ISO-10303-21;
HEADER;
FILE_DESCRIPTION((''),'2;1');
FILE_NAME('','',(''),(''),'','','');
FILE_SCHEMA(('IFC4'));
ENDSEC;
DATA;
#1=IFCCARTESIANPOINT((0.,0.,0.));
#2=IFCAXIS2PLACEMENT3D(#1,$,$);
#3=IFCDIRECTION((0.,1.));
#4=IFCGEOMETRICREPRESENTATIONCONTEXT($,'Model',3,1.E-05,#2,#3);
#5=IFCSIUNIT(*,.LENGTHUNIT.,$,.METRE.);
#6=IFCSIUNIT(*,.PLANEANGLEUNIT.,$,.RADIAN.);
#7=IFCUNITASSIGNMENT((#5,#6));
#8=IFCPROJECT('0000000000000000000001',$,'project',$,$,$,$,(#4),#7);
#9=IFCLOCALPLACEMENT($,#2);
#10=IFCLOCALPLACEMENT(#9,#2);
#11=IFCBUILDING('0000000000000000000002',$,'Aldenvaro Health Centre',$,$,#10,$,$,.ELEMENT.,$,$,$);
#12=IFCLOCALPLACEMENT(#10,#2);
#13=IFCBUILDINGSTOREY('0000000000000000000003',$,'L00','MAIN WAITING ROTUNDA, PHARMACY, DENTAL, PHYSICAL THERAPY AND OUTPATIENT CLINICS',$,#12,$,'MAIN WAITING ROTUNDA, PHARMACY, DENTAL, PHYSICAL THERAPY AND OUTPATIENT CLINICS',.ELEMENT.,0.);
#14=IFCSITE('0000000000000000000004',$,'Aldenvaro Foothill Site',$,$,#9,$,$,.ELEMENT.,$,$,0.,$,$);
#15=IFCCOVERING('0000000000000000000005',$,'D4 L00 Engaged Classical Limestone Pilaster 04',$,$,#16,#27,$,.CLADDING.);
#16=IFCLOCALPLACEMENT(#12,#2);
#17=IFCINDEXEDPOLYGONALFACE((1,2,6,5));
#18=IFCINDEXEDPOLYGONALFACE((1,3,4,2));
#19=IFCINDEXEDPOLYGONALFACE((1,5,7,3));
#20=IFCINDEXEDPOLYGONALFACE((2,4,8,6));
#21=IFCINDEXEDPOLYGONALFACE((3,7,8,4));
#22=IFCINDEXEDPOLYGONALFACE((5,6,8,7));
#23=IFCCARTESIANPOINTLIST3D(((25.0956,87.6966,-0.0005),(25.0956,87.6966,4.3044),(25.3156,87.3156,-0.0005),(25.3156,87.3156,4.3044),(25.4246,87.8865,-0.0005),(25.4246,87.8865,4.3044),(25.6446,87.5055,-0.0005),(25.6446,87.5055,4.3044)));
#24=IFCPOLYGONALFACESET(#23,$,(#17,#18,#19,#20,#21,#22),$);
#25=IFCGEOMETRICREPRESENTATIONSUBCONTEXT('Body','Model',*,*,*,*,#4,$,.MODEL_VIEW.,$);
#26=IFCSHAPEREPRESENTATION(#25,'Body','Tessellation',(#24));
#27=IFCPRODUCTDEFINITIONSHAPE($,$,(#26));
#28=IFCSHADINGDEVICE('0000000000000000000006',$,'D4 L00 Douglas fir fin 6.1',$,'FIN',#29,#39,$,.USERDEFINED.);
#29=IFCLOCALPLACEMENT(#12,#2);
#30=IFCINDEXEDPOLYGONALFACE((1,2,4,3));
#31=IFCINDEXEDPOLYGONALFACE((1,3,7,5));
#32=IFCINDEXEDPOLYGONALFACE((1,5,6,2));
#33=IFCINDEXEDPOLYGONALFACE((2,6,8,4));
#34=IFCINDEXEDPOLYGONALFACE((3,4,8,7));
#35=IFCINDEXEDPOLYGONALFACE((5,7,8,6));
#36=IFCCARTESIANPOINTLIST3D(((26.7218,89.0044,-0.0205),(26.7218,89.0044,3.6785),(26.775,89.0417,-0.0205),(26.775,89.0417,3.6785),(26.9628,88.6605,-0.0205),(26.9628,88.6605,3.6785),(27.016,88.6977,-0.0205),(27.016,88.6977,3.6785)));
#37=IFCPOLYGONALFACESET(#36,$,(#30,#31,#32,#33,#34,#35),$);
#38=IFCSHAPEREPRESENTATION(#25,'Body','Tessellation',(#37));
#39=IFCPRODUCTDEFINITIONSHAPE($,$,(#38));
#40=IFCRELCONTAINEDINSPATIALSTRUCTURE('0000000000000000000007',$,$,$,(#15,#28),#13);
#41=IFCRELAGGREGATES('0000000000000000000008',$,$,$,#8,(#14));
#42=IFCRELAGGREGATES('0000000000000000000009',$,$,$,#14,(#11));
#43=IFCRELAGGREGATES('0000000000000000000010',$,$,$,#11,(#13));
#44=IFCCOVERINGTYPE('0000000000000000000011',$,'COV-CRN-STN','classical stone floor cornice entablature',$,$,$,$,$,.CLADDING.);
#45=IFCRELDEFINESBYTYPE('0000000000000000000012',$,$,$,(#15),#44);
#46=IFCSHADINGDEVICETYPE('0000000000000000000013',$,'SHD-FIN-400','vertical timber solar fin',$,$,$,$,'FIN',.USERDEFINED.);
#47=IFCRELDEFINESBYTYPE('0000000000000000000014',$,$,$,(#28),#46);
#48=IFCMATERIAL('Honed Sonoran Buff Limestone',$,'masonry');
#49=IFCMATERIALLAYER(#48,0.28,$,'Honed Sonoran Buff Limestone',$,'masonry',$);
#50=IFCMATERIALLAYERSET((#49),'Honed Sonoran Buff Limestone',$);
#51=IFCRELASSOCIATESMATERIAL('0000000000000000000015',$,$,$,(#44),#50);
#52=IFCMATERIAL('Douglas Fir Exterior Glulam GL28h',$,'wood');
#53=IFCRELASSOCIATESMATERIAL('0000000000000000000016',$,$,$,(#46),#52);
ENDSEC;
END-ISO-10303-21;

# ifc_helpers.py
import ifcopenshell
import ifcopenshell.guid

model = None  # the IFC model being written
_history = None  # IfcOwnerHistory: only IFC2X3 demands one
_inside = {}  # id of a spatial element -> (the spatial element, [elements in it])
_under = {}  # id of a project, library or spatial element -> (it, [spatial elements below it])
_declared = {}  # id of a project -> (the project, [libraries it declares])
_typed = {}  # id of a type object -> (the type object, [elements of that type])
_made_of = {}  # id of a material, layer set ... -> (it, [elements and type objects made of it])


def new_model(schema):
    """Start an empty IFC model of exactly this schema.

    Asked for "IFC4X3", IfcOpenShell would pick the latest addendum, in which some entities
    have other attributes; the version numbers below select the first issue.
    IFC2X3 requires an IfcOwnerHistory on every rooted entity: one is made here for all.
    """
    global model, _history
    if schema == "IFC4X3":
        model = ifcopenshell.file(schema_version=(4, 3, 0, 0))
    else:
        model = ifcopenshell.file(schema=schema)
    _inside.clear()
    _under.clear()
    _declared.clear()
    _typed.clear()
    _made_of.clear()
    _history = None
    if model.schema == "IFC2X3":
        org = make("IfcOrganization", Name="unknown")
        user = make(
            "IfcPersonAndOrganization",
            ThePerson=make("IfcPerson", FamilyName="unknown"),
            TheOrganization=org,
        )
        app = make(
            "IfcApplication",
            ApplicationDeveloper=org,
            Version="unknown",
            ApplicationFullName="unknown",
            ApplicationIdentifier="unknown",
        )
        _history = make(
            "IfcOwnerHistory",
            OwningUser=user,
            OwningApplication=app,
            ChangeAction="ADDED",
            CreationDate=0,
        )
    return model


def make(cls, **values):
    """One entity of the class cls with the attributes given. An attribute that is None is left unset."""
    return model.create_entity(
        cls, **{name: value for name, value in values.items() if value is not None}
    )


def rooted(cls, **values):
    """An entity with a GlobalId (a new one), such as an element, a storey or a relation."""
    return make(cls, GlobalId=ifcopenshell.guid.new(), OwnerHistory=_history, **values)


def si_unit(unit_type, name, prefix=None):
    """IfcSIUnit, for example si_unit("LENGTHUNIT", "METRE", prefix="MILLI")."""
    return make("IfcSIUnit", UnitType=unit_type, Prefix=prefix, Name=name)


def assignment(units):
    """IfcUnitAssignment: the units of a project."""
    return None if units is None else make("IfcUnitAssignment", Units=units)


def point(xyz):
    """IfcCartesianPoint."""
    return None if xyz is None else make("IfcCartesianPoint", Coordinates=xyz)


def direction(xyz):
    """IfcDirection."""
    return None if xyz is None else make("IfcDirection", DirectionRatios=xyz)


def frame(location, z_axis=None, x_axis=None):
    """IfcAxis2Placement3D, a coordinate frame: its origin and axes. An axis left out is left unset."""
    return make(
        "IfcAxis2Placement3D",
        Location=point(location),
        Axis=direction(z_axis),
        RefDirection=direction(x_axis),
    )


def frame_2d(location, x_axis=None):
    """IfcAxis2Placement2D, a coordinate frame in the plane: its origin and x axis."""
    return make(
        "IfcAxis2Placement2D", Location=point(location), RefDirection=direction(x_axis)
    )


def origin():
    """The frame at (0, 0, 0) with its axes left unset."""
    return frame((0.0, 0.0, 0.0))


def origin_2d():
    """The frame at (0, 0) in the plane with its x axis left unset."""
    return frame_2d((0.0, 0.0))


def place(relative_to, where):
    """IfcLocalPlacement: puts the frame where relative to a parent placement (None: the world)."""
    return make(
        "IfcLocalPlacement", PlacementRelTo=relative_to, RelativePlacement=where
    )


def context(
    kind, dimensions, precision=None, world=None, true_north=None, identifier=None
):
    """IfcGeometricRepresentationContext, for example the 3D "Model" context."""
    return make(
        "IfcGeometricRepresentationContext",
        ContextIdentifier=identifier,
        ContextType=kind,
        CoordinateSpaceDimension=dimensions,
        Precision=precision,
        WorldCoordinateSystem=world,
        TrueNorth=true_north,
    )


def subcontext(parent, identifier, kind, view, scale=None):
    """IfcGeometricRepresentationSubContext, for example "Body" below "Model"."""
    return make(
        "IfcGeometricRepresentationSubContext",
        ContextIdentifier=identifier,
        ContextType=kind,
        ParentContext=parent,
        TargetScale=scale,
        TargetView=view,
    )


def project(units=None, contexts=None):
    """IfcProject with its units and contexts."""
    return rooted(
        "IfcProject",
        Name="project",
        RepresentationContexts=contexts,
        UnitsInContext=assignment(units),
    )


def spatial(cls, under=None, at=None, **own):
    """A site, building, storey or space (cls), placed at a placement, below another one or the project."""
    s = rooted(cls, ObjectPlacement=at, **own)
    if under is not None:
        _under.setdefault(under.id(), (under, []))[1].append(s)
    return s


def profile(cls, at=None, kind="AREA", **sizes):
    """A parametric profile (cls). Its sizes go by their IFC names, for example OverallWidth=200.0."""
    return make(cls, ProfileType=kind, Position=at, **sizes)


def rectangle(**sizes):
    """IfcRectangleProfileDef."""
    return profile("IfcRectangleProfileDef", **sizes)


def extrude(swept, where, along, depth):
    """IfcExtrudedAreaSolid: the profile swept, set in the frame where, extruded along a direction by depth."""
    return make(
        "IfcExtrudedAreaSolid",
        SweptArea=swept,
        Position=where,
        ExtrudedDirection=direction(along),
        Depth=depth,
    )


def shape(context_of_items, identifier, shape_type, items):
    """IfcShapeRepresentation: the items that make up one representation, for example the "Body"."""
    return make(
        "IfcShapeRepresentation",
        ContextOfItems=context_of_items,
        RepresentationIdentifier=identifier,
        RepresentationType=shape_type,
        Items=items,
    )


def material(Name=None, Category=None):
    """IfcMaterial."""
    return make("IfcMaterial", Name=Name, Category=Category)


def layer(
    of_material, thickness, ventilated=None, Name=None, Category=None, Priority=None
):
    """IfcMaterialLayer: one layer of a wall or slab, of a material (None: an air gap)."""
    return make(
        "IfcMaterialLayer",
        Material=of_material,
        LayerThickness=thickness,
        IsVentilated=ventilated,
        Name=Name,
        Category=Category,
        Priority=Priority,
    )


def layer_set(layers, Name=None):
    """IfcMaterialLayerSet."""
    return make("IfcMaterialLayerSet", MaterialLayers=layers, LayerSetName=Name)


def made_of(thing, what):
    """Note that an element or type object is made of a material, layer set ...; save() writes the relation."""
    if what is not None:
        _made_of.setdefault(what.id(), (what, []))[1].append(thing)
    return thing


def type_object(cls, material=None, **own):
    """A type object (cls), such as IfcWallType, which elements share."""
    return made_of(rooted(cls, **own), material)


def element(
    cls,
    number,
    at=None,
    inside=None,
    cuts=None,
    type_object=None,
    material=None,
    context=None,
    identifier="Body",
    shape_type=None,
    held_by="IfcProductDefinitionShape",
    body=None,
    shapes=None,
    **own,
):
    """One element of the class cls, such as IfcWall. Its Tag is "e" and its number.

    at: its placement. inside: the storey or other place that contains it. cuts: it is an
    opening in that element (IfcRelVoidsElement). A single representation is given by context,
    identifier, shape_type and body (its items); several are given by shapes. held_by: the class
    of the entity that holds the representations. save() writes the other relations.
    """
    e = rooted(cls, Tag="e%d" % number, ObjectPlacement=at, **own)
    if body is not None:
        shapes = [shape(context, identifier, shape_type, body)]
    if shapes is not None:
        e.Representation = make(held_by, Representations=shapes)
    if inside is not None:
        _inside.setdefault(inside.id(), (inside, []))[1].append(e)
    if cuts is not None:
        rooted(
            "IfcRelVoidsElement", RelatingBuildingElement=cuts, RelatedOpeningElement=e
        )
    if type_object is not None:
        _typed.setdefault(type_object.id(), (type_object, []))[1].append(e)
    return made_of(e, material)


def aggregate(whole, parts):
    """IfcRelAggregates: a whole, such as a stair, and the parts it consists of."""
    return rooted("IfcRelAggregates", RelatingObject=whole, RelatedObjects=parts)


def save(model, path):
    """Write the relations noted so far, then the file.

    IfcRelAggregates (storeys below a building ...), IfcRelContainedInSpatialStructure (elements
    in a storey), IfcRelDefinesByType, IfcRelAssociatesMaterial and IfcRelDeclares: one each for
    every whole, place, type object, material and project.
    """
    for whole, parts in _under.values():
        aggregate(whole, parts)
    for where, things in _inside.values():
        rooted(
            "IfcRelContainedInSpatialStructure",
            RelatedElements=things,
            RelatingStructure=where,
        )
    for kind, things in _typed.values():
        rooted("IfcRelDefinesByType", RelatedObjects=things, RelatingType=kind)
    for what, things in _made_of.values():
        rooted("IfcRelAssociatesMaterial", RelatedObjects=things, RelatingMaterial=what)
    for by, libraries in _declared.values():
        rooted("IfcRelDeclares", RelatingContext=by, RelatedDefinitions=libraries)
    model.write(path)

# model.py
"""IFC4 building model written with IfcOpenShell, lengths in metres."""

from ifc_helpers import new_model, si_unit, direction, frame, origin, origin_2d, place, context, subcontext, project, spatial, rectangle, extrude, material, layer, layer_set, type_object, element, save


model = new_model("IFC4")

# Units and contexts
model_context = context("Model", 3, precision=1e-05, world=origin(), true_north=direction((0.0, 1.0)))
body_context = subcontext(model_context, "Body", "Model", "MODEL_VIEW")
ifc_project = project(units=[si_unit("LENGTHUNIT", "METRE"), si_unit("PLANEANGLEUNIT", "RADIAN")], contexts=[model_context])

# Site, building, storey
site_placement = place(None, origin())
site = spatial("IfcSite", under=ifc_project, at=site_placement, Name="Aldenvaro Foothill Site", CompositionType="ELEMENT", RefElevation=0.0)
building_placement = place(site_placement, origin())
building = spatial("IfcBuilding", under=site, at=building_placement, Name="Aldenvaro Health Centre", CompositionType="ELEMENT")
storey_placement = place(building_placement, origin())
storey = spatial("IfcBuildingStorey", under=building, at=storey_placement, Name="L00", Description="MAIN WAITING ROTUNDA, PHARMACY, DENTAL, PHYSICAL THERAPY AND OUTPATIENT CLINICS", LongName="MAIN WAITING ROTUNDA, PHARMACY, DENTAL, PHYSICAL THERAPY AND OUTPATIENT CLINICS", CompositionType="ELEMENT", Elevation=0.0)

# Covering
ifc_material_1 = material(Name="Honed Sonoran Buff Limestone", Category="masonry")
ifc_layer_1 = layer(ifc_material_1, 0.28, Name="Honed Sonoran Buff Limestone", Category="masonry")
ifc_layer_set_1 = layer_set([ifc_layer_1], Name="Honed Sonoran Buff Limestone")
covering_type = type_object("IfcCoveringType", Name="COV-CRN-STN", Description="classical stone floor cornice entablature", PredefinedType="CLADDING", material=ifc_layer_set_1)
covering_1_placement = place(storey_placement, frame((25.3701, 87.6011, -0.0005), z_axis=(0.0, 0.0, 1.0), x_axis=(0.499992, -0.86603, 0.0)))
element("IfcCovering", 1, at=covering_1_placement, inside=storey, type_object=covering_type, Name="D4 L00 Engaged Classical Limestone Pilaster 04", PredefinedType="CLADDING", context=body_context, shape_type="SweptSolid", body=[
    extrude(rectangle(XDim=0.4399, YDim=0.3799, at=origin_2d()), origin(), (0.0, 0.0, 1.0), 4.3049),
])

# Shading device
ifc_material_2 = material(Name="Douglas Fir Exterior Glulam GL28h", Category="wood")
shading_device_type = type_object("IfcShadingDeviceType", Name="SHD-FIN-400", Description="vertical timber solar fin", ElementType="FIN", PredefinedType="USERDEFINED", material=ifc_material_2)
shading_device_placement = place(storey_placement, frame((26.8689, 88.8511, -0.0205), z_axis=(0.0, 0.0, 1.0), x_axis=(-0.819051, -0.573721, 0.0)))
element("IfcShadingDevice", 2, at=shading_device_placement, inside=storey, type_object=shading_device_type, Name="D4 L00 Douglas fir fin 6.1", ObjectType="FIN", PredefinedType="USERDEFINED", context=body_context, shape_type="SweptSolid", body=[
    extrude(rectangle(XDim=0.0649, YDim=0.4199, at=origin_2d()), origin(), (0.0, 0.0, 1.0), 3.699),
])

save(model, "model.ifc")
